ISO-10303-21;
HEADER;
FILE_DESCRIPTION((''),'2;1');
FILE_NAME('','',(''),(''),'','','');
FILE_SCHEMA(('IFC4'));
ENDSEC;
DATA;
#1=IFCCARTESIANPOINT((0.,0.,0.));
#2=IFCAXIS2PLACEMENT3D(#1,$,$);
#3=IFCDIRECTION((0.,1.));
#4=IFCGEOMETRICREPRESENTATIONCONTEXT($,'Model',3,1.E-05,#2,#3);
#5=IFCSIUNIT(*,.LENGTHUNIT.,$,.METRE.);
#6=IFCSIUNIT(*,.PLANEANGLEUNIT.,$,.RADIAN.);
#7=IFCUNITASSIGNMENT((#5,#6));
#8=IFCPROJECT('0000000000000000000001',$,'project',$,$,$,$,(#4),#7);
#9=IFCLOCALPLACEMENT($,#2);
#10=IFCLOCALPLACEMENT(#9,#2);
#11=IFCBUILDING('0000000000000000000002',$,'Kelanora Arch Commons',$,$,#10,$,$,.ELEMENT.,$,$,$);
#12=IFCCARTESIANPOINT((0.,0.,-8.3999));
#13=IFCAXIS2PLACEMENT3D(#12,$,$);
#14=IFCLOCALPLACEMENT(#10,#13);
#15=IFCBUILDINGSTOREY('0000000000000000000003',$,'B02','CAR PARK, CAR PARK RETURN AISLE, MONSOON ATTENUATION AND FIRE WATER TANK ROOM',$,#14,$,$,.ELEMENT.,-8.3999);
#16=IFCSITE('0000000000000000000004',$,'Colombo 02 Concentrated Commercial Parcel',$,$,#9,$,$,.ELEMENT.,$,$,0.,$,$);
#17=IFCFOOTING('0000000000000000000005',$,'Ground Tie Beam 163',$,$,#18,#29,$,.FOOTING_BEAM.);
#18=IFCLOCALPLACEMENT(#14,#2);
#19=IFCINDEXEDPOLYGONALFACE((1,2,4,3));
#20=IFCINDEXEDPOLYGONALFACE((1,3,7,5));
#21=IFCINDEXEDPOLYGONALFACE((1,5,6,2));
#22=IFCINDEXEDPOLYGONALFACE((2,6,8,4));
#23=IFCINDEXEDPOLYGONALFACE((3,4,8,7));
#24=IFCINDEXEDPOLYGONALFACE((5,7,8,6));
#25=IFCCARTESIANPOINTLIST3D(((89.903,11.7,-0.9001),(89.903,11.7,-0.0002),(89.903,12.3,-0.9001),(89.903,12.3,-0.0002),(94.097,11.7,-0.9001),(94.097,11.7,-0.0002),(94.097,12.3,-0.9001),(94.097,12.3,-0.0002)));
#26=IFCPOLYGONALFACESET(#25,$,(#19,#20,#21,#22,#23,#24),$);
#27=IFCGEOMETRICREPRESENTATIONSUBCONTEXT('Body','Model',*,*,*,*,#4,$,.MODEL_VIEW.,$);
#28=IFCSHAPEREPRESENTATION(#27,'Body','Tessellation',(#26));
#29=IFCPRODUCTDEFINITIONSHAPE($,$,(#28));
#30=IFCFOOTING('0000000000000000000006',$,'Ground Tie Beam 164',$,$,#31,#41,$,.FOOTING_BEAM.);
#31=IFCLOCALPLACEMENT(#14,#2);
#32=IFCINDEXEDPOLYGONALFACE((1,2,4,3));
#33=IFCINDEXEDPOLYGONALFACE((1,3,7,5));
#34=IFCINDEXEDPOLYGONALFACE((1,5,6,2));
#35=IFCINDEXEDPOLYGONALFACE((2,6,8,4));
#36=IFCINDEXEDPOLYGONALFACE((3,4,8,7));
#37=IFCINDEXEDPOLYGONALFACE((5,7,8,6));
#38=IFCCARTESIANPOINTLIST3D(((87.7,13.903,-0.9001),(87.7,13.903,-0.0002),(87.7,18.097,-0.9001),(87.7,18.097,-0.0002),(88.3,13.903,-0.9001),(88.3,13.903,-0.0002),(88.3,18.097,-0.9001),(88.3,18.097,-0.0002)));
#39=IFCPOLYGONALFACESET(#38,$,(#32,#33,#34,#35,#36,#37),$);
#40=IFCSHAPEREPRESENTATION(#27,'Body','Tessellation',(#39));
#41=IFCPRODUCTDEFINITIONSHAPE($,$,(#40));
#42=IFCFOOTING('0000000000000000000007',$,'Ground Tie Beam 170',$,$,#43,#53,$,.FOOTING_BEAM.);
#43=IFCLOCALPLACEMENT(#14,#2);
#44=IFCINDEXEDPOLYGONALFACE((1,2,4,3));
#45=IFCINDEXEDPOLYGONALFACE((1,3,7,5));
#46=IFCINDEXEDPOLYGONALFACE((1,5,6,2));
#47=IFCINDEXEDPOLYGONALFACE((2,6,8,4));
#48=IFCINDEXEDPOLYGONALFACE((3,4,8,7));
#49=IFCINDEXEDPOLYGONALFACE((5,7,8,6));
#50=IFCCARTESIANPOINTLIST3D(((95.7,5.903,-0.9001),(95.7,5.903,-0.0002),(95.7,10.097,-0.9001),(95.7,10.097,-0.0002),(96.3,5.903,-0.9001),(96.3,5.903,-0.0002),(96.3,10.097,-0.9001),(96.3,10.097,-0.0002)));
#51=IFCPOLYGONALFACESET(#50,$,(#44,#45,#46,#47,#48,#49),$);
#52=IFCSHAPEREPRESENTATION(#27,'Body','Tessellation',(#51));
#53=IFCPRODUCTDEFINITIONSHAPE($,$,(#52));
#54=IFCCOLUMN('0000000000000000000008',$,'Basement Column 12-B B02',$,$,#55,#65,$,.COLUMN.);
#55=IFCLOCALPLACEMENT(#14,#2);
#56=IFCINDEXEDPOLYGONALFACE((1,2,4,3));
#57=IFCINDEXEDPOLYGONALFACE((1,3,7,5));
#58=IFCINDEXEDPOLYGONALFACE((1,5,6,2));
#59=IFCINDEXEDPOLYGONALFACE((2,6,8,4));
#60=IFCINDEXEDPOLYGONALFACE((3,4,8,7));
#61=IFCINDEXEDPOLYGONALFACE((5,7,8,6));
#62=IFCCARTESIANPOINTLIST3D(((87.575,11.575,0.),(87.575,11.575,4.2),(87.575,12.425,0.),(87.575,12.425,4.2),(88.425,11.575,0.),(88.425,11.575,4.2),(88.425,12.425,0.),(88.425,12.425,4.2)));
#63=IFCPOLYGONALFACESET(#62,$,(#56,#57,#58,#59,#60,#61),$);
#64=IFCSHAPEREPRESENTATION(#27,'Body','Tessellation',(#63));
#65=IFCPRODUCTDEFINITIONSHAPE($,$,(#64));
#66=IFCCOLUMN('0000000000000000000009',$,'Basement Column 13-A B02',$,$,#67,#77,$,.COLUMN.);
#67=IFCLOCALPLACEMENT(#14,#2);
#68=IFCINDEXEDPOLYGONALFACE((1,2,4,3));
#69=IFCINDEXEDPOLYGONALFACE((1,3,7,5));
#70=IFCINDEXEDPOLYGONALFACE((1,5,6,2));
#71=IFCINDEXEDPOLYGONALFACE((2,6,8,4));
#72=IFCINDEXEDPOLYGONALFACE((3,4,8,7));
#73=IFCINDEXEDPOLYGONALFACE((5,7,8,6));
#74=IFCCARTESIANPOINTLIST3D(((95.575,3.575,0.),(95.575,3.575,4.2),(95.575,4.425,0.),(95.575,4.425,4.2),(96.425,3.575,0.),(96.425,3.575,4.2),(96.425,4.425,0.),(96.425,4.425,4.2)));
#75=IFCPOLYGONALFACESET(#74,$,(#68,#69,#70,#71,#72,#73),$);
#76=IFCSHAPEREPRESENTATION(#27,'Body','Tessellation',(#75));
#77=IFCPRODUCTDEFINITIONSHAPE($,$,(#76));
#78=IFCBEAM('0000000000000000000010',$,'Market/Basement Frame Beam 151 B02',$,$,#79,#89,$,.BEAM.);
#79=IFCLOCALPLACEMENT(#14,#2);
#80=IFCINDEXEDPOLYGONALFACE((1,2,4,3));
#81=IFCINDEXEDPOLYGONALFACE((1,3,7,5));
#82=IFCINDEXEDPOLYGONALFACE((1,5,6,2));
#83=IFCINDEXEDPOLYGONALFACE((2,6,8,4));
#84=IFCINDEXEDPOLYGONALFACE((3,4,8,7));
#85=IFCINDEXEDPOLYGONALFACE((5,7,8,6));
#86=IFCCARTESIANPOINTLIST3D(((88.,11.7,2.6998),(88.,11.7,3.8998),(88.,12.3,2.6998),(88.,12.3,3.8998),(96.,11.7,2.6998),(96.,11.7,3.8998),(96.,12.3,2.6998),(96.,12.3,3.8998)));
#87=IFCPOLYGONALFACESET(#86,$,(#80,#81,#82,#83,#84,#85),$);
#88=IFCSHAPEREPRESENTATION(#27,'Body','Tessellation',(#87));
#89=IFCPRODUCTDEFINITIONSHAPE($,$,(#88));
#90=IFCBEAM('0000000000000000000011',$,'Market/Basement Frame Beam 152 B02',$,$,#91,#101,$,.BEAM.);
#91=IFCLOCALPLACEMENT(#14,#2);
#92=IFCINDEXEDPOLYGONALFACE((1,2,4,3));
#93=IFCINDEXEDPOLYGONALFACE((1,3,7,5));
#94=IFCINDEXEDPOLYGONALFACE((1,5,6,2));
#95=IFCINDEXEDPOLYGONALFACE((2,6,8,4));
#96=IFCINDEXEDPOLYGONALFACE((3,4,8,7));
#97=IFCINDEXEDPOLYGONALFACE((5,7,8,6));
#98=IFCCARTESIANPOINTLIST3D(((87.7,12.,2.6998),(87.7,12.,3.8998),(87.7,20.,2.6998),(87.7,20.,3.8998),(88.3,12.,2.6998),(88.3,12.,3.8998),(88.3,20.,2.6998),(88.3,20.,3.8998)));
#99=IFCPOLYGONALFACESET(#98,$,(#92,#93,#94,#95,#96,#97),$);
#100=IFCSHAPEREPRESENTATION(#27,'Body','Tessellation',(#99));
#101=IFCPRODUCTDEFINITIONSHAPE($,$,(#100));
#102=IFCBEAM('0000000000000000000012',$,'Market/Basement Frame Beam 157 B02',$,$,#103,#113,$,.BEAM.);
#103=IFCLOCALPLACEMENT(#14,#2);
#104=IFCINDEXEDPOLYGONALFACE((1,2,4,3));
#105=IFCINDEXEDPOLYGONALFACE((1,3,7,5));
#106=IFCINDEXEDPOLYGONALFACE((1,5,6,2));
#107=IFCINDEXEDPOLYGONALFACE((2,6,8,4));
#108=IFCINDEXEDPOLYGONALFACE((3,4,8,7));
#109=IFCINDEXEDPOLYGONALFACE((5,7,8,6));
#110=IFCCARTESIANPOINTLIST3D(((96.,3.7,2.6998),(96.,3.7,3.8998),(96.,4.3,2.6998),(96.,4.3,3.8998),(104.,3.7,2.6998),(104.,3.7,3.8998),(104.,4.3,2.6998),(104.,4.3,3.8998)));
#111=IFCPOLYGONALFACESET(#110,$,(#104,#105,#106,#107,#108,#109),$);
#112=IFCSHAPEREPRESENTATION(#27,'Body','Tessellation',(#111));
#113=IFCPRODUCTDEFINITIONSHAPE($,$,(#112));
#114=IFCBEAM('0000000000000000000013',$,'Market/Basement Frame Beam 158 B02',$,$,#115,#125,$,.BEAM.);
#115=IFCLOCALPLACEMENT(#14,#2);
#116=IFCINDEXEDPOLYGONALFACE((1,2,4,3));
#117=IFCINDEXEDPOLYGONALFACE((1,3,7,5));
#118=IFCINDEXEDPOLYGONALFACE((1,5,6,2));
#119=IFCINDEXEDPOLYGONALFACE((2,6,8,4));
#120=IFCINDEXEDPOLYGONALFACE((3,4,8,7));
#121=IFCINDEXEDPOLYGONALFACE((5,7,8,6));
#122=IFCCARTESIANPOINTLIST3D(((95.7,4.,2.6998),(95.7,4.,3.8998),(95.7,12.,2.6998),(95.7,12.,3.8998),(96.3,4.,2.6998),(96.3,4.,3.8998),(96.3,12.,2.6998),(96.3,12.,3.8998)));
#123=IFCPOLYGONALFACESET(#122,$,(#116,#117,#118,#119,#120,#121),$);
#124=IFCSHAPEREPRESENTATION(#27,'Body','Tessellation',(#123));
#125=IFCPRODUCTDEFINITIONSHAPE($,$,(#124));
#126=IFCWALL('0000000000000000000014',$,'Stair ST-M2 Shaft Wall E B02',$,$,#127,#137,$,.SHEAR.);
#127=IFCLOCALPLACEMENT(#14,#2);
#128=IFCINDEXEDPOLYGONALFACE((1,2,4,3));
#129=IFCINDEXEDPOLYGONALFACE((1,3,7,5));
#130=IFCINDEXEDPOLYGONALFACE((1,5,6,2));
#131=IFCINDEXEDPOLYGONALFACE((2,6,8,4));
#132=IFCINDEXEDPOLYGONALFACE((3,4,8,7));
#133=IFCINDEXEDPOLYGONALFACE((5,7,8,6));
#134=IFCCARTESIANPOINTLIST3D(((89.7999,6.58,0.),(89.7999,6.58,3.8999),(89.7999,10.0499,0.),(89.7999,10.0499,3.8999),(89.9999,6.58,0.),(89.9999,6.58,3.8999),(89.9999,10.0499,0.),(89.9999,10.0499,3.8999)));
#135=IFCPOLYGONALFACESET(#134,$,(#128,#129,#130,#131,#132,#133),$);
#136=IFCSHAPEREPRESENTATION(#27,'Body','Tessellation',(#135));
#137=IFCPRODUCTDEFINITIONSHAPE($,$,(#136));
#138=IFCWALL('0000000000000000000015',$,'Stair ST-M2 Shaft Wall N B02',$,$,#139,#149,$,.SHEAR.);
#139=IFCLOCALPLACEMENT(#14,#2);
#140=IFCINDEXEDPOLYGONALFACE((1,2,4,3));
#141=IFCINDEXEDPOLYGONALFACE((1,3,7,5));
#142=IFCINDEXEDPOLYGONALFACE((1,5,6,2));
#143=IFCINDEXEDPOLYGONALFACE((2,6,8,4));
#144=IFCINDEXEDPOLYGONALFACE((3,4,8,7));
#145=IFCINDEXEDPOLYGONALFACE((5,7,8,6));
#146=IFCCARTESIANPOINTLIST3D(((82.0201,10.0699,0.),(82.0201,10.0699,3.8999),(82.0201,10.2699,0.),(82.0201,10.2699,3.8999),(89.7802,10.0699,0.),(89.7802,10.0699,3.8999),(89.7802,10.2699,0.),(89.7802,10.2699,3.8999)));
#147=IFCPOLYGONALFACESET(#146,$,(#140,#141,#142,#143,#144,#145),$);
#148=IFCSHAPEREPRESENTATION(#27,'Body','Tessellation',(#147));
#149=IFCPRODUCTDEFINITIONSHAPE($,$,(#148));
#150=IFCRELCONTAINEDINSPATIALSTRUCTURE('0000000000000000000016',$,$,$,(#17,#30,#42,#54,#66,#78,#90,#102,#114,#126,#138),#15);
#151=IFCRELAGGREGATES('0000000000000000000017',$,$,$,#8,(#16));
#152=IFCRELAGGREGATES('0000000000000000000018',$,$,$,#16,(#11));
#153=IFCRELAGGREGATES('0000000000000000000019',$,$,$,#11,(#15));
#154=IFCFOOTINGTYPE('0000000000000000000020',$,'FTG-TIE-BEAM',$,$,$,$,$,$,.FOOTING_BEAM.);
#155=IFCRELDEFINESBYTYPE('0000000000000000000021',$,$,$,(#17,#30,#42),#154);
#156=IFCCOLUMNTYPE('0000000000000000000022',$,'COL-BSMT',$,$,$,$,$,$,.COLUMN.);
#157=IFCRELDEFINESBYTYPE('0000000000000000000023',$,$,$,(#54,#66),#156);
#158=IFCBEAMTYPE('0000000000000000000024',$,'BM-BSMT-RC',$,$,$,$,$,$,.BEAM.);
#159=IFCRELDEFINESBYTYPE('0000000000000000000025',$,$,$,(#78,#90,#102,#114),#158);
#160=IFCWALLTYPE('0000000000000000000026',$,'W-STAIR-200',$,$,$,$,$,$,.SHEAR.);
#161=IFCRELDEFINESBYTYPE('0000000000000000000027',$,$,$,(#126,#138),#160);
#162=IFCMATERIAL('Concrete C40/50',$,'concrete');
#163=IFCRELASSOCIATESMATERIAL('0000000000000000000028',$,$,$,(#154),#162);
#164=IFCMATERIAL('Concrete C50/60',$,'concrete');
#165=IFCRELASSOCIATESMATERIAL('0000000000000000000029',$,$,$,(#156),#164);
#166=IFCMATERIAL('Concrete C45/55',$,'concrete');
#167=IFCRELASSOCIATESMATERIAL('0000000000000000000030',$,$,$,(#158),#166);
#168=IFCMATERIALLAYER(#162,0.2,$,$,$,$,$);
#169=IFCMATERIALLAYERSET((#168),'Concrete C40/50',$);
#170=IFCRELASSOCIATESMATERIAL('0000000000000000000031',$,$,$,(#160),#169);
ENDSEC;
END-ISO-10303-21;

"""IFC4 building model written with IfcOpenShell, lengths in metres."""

from ifc_helpers import new_model, si_unit, direction, frame, frame_2d, origin, origin_2d, place, context, subcontext, project, spatial, rectangle, extrude, source, transform, mapped, material, layer, layer_set, material_profile, profile_set, type_object, element, save


model = new_model("IFC4")

# Units and contexts
model_context = context("Model", 3, precision=1e-05, world=origin(), true_north=direction((0.0, 1.0)))
body_context = subcontext(model_context, "Body", "Model", "MODEL_VIEW")
ifc_project = project(units=[si_unit("LENGTHUNIT", "METRE"), si_unit("PLANEANGLEUNIT", "RADIAN")], contexts=[model_context])

# Site, building, storey
site_placement = place(None, origin())
site = spatial("IfcSite", under=ifc_project, at=site_placement, Name="Colombo 02 Concentrated Commercial Parcel", CompositionType="ELEMENT", RefElevation=0.0)
building_placement = place(site_placement, origin())
building = spatial("IfcBuilding", under=site, at=building_placement, Name="Kelanora Arch Commons", CompositionType="ELEMENT")
storey_placement = place(building_placement, frame((0.0, 0.0, -8.3999)))
storey = spatial("IfcBuildingStorey", under=building, at=storey_placement, Name="B02", Description="CAR PARK, CAR PARK RETURN AISLE, MONSOON ATTENUATION AND FIRE WATER TANK ROOM", CompositionType="ELEMENT", Elevation=-8.3999)

# Shared definitions
ifc_material_1 = material(Name="Concrete C40/50", Category="concrete")

# Shared definitions
ifc_material_2 = material(Name="Concrete C45/55", Category="concrete")

# Footings
footing_type_1 = type_object("IfcFootingType", Name="FTG-TIE-BEAM", PredefinedType="FOOTING_BEAM", material=ifc_material_1)
shared_shape_1 = source(origin(), body_context, "Body", "SweptSolid", [
    extrude(rectangle(XDim=4.1941, YDim=0.6001, at=origin_2d()), origin(), (0.0, 0.0, 1.0), 0.8999),
])
for number, where, z_axis, x_axis, name in (
    (1, (92.0, 12.0, -0.9001), (0.0, 0.0, 1.0), (1.0, 0.0, 0.0), "Ground Tie Beam 163"),
    (2, (88.0, 16.0, -0.9001), (0.0, 0.0, 1.0), (0.0, 1.0, 0.0), "Ground Tie Beam 164"),
    (3, (96.0, 8.0, -0.9001), (0.0, 0.0, 1.0), (0.0, 1.0, 0.0), "Ground Tie Beam 170"),
):
    element("IfcFooting", number, at=place(storey_placement, frame(where, z_axis=z_axis, x_axis=x_axis)), inside=storey, type_object=footing_type_1, Name=name, PredefinedType="FOOTING_BEAM", context=body_context, shape_type="MappedRepresentation", body=[
        mapped(shared_shape_1, transform((0.0, 0.0, 0.0), scale=1.0)),
    ])

# Columns
ifc_material_3 = material(Name="Concrete C50/60", Category="concrete")
ifc_material_profile_1 = material_profile(ifc_material_3, rectangle(XDim=0.8501, YDim=0.8501, at=origin_2d()), Name="RC850x850")
ifc_profile_set_1 = profile_set([ifc_material_profile_1], Name="Concrete C50/60")
column_type = type_object("IfcColumnType", Name="COL-BSMT", PredefinedType="COLUMN", material=ifc_profile_set_1)
for number, where, z_axis, x_axis, name in (
    (4, (88.0, 12.0, 0.0), (0.0, 0.0, 1.0), (1.0, 0.0, 0.0), "Basement Column 12-B B02"),
    (5, (96.0, 4.0, 0.0), (0.0, 0.0, 1.0), (1.0, 0.0, 0.0), "Basement Column 13-A B02"),
):
    element("IfcColumn", number, at=place(storey_placement, frame(where, z_axis=z_axis, x_axis=x_axis)), inside=storey, type_object=column_type, Name=name, PredefinedType="COLUMN", context=body_context, shape_type="SweptSolid", body=[
        extrude(rectangle(XDim=0.8501, YDim=0.8501, at=origin_2d()), origin(), (0.0, 0.0, 1.0), 4.2),
    ])

# Beams
ifc_material_profile_2 = material_profile(ifc_material_2, rectangle(XDim=0.6001, YDim=1.2, at=origin_2d()), Name="RCB600x1200")
ifc_profile_set_2 = profile_set([ifc_material_profile_2], Name="Concrete C45/55")
beam_type = type_object("IfcBeamType", Name="BM-BSMT-RC", PredefinedType="BEAM", material=ifc_profile_set_2)
for number, where, z_axis, x_axis, name in (
    (6, (88.0, 12.0, 3.2998), (1.0, 0.0, 0.0), (0.0, 1.0, 0.0), "Market/Basement Frame Beam 151 B02"),
    (7, (88.0, 12.0, 3.2998), (0.0, 1.0, 0.0), (-1.0, 0.0, 0.0), "Market/Basement Frame Beam 152 B02"),
    (8, (96.0, 4.0, 3.2998), (1.0, 0.0, 0.0), (0.0, 1.0, 0.0), "Market/Basement Frame Beam 157 B02"),
    (9, (96.0, 4.0, 3.2998), (0.0, 1.0, 0.0), (-1.0, 0.0, 0.0), "Market/Basement Frame Beam 158 B02"),
):
    element("IfcBeam", number, at=place(storey_placement, frame(where, z_axis=z_axis, x_axis=x_axis)), inside=storey, type_object=beam_type, Name=name, PredefinedType="BEAM", context=body_context, shape_type="SweptSolid", body=[
        extrude(rectangle(XDim=0.6001, YDim=1.2, at=origin_2d()), origin(), (0.0, 0.0, 1.0), 8.0),
    ])

# Walls
ifc_layer = layer(ifc_material_1, 0.2)
ifc_layer_set = layer_set([ifc_layer], Name="Concrete C40/50")
wall_type = type_object("IfcWallType", Name="W-STAIR-200", PredefinedType="SHEAR", material=ifc_layer_set)
wall_1_placement = place(storey_placement, frame((89.8999, 6.5801, 0.0), z_axis=(0.0, 0.0, 1.0), x_axis=(0.0, 1.0, 0.0)))
element("IfcWall", 10, at=wall_1_placement, inside=storey, type_object=wall_type, Name="Stair ST-M2 Shaft Wall E B02", PredefinedType="SHEAR", context=body_context, shape_type="SweptSolid", body=[
    extrude(rectangle(XDim=3.47, YDim=0.2, at=frame_2d((1.7349, 0.0))), origin(), (0.0, 0.0, 1.0), 3.8999),
])
wall_2_placement = place(storey_placement, frame((89.78, 10.1699, 0.0), z_axis=(0.0, 0.0, 1.0), x_axis=(-1.0, 0.0, 0.0)))
element("IfcWall", 11, at=wall_2_placement, inside=storey, type_object=wall_type, Name="Stair ST-M2 Shaft Wall N B02", PredefinedType="SHEAR", context=body_context, shape_type="SweptSolid", body=[
    extrude(rectangle(XDim=7.76, YDim=0.2, at=frame_2d((3.8799, 0.0))), origin(), (0.0, 0.0, 1.0), 3.8999),
])

save(model, "model.ifc")
